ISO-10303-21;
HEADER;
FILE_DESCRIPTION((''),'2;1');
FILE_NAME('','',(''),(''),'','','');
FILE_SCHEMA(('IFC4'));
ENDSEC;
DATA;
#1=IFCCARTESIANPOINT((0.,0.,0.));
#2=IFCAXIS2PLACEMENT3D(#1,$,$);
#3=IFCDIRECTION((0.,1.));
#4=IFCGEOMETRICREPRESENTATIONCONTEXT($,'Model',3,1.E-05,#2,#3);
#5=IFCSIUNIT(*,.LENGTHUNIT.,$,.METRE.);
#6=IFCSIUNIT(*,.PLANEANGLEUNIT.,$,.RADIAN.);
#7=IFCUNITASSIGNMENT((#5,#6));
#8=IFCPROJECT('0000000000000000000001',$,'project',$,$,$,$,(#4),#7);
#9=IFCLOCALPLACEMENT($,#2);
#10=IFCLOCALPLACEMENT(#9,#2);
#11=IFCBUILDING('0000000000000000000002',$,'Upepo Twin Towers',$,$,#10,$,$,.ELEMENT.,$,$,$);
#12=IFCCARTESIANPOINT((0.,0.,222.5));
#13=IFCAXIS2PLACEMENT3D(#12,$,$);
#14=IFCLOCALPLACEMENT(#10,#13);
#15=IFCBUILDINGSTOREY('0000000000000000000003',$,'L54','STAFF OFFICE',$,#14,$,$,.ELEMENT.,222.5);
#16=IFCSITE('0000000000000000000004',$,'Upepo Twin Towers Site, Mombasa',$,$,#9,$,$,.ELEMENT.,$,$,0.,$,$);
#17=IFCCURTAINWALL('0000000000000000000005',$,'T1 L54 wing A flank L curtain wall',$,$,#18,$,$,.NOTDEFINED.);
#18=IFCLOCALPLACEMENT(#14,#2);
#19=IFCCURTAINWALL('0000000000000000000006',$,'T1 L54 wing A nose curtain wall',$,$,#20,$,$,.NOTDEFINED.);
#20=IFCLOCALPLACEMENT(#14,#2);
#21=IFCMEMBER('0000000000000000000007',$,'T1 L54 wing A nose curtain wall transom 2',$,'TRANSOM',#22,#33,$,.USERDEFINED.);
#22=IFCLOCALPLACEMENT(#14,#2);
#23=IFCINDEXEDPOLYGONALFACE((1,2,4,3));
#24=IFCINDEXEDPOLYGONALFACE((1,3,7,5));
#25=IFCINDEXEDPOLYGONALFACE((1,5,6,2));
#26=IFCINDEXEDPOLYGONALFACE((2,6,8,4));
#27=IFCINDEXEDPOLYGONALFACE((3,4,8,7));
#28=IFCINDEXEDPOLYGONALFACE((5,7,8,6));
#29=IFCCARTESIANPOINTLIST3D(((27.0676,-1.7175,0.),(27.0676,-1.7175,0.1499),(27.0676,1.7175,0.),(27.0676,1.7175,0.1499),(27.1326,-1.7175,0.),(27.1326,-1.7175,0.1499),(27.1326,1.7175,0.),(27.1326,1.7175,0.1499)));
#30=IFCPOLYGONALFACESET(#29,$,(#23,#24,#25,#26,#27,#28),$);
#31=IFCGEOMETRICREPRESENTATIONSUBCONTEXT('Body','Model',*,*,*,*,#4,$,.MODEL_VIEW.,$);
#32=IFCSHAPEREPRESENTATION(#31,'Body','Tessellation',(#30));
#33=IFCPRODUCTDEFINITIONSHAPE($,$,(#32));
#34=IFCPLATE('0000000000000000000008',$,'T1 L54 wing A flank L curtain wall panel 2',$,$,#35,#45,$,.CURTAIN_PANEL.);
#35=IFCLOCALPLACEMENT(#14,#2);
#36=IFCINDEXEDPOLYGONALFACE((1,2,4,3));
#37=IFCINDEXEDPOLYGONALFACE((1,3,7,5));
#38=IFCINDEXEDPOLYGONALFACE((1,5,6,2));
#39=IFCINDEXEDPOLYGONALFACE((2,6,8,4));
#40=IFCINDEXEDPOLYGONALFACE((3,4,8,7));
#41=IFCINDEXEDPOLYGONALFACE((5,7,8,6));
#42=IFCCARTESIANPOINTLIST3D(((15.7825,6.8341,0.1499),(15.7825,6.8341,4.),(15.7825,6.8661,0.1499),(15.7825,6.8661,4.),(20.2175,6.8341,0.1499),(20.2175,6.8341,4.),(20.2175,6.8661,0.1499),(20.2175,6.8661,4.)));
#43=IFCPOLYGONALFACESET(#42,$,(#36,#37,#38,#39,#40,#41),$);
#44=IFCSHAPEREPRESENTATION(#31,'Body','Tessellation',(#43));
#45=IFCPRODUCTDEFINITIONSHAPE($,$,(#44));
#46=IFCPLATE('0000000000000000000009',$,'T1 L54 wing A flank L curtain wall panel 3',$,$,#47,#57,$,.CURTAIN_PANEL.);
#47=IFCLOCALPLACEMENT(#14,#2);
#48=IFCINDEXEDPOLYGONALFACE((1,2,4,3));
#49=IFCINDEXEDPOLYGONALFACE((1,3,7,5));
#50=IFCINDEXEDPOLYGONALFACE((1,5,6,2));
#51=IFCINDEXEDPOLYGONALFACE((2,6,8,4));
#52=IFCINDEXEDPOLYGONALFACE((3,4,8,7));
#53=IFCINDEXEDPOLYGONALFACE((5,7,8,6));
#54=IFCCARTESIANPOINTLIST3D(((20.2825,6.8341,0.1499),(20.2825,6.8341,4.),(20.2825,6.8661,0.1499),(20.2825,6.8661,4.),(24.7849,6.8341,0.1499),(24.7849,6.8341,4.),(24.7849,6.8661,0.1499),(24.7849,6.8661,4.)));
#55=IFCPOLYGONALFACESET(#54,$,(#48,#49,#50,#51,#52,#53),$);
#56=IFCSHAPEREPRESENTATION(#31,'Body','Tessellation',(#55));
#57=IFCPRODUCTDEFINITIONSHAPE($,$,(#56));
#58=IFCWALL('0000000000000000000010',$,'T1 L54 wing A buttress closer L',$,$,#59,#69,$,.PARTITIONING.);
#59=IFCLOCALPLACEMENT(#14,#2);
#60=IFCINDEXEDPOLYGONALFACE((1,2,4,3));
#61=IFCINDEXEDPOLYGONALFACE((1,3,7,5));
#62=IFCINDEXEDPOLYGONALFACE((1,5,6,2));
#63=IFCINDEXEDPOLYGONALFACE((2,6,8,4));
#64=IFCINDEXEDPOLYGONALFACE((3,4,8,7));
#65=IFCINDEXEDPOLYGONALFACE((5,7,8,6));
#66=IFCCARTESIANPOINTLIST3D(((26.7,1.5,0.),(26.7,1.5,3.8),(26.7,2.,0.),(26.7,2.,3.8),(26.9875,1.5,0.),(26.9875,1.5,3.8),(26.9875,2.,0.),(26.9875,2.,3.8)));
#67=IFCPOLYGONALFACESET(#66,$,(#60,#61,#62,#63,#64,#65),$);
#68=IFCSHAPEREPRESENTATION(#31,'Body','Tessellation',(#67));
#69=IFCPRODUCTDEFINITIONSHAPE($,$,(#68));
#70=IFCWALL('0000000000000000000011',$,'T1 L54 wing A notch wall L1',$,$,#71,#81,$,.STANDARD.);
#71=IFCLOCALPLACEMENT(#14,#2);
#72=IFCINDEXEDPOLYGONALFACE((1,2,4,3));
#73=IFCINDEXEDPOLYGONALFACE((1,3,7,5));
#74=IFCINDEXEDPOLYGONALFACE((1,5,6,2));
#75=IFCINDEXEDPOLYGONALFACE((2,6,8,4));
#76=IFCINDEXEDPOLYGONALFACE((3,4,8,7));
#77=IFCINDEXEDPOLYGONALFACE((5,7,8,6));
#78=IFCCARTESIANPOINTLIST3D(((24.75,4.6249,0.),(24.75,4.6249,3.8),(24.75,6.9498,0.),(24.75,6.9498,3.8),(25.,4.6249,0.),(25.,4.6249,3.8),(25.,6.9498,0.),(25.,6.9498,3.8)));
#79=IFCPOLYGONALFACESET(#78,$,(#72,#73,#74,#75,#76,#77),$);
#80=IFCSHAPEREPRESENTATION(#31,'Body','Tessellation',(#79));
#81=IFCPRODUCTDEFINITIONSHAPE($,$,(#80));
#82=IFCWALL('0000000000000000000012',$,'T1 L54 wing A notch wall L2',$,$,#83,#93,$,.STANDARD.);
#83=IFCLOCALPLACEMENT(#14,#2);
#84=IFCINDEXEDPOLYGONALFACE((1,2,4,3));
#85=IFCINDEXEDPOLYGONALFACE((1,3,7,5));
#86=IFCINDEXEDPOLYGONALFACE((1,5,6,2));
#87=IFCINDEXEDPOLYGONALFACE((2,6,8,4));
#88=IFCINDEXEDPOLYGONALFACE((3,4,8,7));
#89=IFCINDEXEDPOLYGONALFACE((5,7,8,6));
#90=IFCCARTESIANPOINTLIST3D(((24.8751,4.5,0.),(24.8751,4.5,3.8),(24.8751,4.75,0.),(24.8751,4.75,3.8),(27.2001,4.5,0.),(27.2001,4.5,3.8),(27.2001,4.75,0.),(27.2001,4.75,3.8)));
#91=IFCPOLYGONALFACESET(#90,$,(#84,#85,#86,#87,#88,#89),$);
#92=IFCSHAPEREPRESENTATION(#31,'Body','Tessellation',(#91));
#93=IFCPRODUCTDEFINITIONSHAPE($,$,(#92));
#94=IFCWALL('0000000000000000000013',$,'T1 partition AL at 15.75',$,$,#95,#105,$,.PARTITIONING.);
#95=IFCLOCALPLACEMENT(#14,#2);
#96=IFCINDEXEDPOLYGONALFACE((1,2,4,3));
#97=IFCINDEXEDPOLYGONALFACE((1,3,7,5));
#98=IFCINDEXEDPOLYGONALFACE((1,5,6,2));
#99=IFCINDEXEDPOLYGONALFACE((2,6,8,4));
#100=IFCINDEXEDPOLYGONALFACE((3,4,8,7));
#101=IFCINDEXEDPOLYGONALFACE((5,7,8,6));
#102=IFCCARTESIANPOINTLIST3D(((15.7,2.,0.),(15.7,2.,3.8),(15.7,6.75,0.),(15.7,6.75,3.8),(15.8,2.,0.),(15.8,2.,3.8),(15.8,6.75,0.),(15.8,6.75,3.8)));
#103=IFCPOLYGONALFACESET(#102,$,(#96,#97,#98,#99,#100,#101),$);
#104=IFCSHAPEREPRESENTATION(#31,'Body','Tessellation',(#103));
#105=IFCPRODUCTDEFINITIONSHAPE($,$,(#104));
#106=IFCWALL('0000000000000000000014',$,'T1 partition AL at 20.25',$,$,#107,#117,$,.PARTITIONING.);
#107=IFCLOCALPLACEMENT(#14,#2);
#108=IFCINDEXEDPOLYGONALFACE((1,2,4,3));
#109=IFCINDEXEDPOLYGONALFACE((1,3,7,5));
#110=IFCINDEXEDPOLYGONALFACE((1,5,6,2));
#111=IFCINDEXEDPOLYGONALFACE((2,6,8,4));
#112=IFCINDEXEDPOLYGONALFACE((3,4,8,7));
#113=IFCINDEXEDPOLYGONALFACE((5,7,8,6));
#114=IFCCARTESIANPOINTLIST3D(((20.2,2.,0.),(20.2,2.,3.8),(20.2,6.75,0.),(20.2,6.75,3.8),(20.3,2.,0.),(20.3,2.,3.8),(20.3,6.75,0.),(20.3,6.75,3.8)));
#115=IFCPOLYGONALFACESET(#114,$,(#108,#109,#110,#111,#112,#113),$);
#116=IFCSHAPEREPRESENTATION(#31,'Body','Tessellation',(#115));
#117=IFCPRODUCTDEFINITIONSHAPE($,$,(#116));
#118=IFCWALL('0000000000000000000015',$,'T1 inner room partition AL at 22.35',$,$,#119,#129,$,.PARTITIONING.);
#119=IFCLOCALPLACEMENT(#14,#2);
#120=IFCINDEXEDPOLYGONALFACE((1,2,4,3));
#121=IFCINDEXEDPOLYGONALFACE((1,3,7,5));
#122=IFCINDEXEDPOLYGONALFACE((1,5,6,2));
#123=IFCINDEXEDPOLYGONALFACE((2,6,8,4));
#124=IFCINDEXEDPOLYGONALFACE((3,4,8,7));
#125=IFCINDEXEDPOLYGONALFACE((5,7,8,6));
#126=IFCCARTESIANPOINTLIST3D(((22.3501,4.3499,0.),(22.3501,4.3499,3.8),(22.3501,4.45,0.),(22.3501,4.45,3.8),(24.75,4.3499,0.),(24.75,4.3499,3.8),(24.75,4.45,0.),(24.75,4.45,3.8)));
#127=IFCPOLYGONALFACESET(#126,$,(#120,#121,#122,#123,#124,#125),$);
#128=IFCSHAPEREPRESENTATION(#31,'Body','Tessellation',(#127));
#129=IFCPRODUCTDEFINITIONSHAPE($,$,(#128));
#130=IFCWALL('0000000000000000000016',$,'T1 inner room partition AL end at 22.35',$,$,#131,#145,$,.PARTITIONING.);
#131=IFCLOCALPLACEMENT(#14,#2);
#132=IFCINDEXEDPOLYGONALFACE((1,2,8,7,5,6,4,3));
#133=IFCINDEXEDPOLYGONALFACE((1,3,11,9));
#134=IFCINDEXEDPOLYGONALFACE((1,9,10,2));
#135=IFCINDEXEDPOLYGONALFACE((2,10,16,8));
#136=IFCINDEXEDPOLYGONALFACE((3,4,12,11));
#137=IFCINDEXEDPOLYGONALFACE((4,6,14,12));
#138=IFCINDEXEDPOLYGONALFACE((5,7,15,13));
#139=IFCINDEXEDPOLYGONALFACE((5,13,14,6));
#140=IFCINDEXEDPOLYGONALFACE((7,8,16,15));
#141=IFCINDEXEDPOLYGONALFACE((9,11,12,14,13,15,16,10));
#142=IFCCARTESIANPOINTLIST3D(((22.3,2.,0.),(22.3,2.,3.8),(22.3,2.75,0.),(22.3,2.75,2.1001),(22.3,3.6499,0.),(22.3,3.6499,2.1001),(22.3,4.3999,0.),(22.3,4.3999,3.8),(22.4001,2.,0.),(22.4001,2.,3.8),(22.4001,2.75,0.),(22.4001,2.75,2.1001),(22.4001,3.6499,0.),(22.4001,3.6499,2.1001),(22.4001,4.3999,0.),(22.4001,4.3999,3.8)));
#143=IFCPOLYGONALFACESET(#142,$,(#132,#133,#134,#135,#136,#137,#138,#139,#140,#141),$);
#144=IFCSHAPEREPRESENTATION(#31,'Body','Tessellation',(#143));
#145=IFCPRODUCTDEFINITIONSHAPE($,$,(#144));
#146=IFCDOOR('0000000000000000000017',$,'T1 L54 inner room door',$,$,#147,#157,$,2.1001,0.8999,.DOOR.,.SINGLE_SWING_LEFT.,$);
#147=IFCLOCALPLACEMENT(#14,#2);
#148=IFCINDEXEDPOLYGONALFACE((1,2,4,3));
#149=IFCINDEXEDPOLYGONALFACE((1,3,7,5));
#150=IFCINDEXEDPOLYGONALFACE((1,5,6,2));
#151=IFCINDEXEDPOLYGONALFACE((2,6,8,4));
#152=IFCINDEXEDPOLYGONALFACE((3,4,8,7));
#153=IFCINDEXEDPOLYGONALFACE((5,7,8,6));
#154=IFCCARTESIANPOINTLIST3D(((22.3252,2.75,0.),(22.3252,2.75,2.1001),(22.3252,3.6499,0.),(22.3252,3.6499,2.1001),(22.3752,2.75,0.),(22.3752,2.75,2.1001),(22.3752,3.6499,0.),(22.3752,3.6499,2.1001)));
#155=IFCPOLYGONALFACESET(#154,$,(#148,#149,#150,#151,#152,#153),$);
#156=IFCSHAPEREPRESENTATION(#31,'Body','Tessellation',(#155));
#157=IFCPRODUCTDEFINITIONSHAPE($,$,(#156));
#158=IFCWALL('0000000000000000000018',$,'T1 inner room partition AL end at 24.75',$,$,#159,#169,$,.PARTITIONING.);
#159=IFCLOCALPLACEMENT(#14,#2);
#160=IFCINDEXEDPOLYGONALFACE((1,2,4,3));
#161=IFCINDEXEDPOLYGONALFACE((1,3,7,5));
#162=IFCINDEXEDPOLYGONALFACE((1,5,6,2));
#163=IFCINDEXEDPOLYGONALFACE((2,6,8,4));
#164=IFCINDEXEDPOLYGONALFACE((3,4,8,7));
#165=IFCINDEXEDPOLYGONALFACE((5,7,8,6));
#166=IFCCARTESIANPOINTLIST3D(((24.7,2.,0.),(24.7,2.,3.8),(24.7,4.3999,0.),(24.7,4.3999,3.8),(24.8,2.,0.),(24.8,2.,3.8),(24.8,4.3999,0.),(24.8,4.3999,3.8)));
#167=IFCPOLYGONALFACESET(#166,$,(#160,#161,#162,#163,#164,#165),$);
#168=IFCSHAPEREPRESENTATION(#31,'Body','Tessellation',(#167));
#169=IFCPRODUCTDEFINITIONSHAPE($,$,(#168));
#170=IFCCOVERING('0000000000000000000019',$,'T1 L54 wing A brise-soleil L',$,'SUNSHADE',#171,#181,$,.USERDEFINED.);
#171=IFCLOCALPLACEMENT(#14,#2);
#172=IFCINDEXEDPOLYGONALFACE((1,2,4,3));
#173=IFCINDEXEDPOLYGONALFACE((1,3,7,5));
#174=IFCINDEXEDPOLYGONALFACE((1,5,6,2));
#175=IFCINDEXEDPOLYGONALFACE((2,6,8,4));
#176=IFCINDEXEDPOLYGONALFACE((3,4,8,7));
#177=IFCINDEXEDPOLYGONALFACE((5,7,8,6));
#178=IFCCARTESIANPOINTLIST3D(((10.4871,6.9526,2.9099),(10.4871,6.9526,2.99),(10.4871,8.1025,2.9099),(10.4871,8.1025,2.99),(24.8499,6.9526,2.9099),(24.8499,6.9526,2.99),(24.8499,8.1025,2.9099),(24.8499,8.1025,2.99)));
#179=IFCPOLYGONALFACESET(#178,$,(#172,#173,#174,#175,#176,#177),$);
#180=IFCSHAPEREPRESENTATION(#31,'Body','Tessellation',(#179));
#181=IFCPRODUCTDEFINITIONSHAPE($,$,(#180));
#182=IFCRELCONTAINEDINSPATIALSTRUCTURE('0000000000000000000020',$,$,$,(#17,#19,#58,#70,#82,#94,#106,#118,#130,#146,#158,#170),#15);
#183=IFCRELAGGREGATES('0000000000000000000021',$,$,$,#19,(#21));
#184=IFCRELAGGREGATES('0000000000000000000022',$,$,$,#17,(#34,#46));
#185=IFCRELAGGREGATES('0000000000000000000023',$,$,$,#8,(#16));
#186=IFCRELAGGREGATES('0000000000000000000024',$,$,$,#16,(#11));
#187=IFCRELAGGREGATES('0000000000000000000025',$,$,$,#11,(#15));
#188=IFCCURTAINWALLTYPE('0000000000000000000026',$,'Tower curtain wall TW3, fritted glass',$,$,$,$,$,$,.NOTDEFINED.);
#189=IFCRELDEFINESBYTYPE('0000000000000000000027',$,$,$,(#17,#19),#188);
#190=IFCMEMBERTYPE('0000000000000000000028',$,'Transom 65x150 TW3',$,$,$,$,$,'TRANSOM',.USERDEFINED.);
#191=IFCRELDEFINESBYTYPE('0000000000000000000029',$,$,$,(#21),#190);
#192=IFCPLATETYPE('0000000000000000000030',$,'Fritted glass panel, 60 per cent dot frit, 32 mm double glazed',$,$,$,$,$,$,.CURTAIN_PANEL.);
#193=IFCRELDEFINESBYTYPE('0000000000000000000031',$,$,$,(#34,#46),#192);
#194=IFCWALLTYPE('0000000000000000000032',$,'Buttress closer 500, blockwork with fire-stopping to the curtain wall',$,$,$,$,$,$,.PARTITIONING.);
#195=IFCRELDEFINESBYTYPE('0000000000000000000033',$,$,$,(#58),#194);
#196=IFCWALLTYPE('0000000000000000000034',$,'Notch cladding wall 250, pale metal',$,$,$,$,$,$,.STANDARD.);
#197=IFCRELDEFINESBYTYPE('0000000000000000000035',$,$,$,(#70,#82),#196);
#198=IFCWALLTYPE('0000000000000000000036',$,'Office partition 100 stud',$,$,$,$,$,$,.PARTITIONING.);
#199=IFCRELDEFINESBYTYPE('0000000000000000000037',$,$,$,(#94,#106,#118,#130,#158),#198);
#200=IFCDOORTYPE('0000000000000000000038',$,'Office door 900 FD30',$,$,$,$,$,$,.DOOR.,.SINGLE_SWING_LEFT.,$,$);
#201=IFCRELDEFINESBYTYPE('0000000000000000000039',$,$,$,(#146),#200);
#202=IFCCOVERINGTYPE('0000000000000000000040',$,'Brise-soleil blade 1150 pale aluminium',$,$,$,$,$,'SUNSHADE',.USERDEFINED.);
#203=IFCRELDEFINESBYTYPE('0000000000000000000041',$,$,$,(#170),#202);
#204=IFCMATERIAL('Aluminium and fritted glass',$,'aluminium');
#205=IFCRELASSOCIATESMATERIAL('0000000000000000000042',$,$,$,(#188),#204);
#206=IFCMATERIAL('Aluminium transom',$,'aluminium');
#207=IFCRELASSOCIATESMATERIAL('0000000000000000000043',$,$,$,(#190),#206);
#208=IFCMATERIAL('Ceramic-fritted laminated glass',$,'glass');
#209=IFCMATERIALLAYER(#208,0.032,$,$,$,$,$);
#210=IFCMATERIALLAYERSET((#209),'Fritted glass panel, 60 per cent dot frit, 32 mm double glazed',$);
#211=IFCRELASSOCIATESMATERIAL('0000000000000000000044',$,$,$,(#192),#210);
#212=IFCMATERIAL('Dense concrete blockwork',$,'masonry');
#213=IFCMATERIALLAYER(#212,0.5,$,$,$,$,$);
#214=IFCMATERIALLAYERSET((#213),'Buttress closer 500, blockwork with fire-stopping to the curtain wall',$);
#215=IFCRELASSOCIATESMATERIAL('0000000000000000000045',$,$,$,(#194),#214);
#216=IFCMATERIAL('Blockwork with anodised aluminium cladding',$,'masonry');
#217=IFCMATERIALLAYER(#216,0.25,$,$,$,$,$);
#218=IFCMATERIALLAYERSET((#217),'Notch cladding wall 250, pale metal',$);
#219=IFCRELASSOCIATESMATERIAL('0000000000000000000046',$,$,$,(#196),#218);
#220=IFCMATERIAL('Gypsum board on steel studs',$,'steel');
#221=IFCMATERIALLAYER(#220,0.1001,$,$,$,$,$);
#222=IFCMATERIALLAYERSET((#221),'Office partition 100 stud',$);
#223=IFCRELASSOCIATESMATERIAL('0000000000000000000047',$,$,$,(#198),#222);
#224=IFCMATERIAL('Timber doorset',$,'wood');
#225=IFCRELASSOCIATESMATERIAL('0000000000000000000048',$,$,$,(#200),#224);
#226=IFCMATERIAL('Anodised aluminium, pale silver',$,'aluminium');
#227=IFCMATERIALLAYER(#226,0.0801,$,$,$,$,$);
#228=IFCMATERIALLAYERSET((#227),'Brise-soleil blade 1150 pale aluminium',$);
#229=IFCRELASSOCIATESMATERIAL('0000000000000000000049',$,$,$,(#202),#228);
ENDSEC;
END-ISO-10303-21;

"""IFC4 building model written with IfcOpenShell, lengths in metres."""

from ifc_helpers import new_model, si_unit, direction, frame, frame_2d, origin, origin_2d, place, context, subcontext, project, spatial, rectangle, extrude, material, layer, layer_set, material_profile, profile_set, type_object, element, fill, aggregate, save


model = new_model("IFC4")

# Units and contexts
model_context = context("Model", 3, precision=1e-05, world=origin(), true_north=direction((0.0, 1.0)))
body_context = subcontext(model_context, "Body", "Model", "MODEL_VIEW")
ifc_project = project(units=[si_unit("LENGTHUNIT", "METRE"), si_unit("PLANEANGLEUNIT", "RADIAN")], contexts=[model_context])

# Site, building, storey
site_placement = place(None, origin())
site = spatial("IfcSite", under=ifc_project, at=site_placement, Name="Upepo Twin Towers Site, Mombasa", CompositionType="ELEMENT", RefElevation=0.0)
building_placement = place(site_placement, origin())
building = spatial("IfcBuilding", under=site, at=building_placement, Name="Upepo Twin Towers", CompositionType="ELEMENT")
storey_placement = place(building_placement, frame((0.0, 0.0, 222.5)))
storey = spatial("IfcBuildingStorey", under=building, at=storey_placement, Name="L54", Description="STAFF OFFICE", CompositionType="ELEMENT", Elevation=222.5)

# Curtain walls
ifc_material_1 = material(Name="Aluminium and fritted glass", Category="aluminium")
curtain_wall_type = type_object("IfcCurtainWallType", Name="Tower curtain wall TW3, fritted glass", PredefinedType="NOTDEFINED", material=ifc_material_1)
curtain_wall_1_placement = place(storey_placement, origin())
curtain_wall_1 = element("IfcCurtainWall", 1, at=curtain_wall_1_placement, inside=storey, type_object=curtain_wall_type, Name="T1 L54 wing A flank L curtain wall", PredefinedType="NOTDEFINED")
curtain_wall_2_placement = place(storey_placement, origin())
curtain_wall_2 = element("IfcCurtainWall", 2, at=curtain_wall_2_placement, inside=storey, type_object=curtain_wall_type, Name="T1 L54 wing A nose curtain wall", PredefinedType="NOTDEFINED")

# Member
ifc_material_2 = material(Name="Aluminium transom", Category="aluminium")
ifc_material_profile_1 = material_profile(ifc_material_2, rectangle(XDim=0.0649, YDim=0.1499, at=origin_2d()), Name="TRANSOM 65x150")
ifc_profile_set_1 = profile_set([ifc_material_profile_1], Name="Aluminium transom")
member_type_1 = type_object("IfcMemberType", Name="Transom 65x150 TW3", ElementType="TRANSOM", PredefinedType="USERDEFINED", material=ifc_profile_set_1)
member_1_placement = place(storey_placement, frame((27.1001, -1.7175, 0.075), z_axis=(0.0, 1.0, 0.0), x_axis=(-1.0, 0.0, 0.0)))
member_1 = element("IfcMember", 3, at=member_1_placement, type_object=member_type_1, Name="T1 L54 wing A nose curtain wall transom 2", ObjectType="TRANSOM", PredefinedType="USERDEFINED", context=body_context, shape_type="SweptSolid", body=[
    extrude(rectangle(XDim=0.0649, YDim=0.1499, at=origin_2d()), origin(), (0.0, 0.0, 1.0), 3.4351),
])
aggregate(curtain_wall_2, [member_1])

# Plates
ifc_material_3 = material(Name="Ceramic-fritted laminated glass", Category="glass")
ifc_layer_1 = layer(ifc_material_3, 0.032)
ifc_layer_set_1 = layer_set([ifc_layer_1], Name="Fritted glass panel, 60 per cent dot frit, 32 mm double glazed")
plate_type = type_object("IfcPlateType", Name="Fritted glass panel, 60 per cent dot frit, 32 mm double glazed", PredefinedType="CURTAIN_PANEL", material=ifc_layer_set_1)
plate_1_placement = place(storey_placement, frame((18.0, 6.8501, 0.1499), z_axis=(0.0, 0.0, 1.0), x_axis=(1.0, 0.0, 0.0)))
plate_1 = element("IfcPlate", 4, at=plate_1_placement, type_object=plate_type, Name="T1 L54 wing A flank L curtain wall panel 2", PredefinedType="CURTAIN_PANEL", context=body_context, shape_type="SweptSolid", body=[
    extrude(rectangle(XDim=4.4351, YDim=0.032, at=origin_2d()), origin(), (0.0, 0.0, 1.0), 3.8501),
])
plate_2_placement = place(storey_placement, frame((22.5337, 6.8501, 0.1499), z_axis=(0.0, 0.0, 1.0), x_axis=(1.0, 0.0, 0.0)))
plate_2 = element("IfcPlate", 5, at=plate_2_placement, type_object=plate_type, Name="T1 L54 wing A flank L curtain wall panel 3", PredefinedType="CURTAIN_PANEL", context=body_context, shape_type="SweptSolid", body=[
    extrude(rectangle(XDim=4.5024, YDim=0.032, at=origin_2d()), origin(), (0.0, 0.0, 1.0), 3.8501),
])
aggregate(curtain_wall_1, [plate_1, plate_2])

# Walls
ifc_material_4 = material(Name="Dense concrete blockwork", Category="masonry")
ifc_layer_2 = layer(ifc_material_4, 0.5)
ifc_layer_set_2 = layer_set([ifc_layer_2], Name="Buttress closer 500, blockwork with fire-stopping to the curtain wall")
wall_type_1 = type_object("IfcWallType", Name="Buttress closer 500, blockwork with fire-stopping to the curtain wall", PredefinedType="PARTITIONING", material=ifc_layer_set_2)
wall_1_placement = place(storey_placement, frame((26.7, 1.75, 0.0), z_axis=(0.0, 0.0, 1.0), x_axis=(1.0, 0.0, 0.0)))
element("IfcWall", 6, at=wall_1_placement, inside=storey, type_object=wall_type_1, Name="T1 L54 wing A buttress closer L", PredefinedType="PARTITIONING", context=body_context, shape_type="SweptSolid", body=[
    extrude(rectangle(XDim=0.2876, YDim=0.5, at=frame_2d((0.1438, 0.0))), origin(), (0.0, 0.0, 1.0), 3.8),
])
ifc_material_5 = material(Name="Blockwork with anodised aluminium cladding", Category="masonry")
ifc_layer_3 = layer(ifc_material_5, 0.25)
ifc_layer_set_3 = layer_set([ifc_layer_3], Name="Notch cladding wall 250, pale metal")
wall_type_2 = type_object("IfcWallType", Name="Notch cladding wall 250, pale metal", PredefinedType="STANDARD", material=ifc_layer_set_3)
for number, where, z_axis, x_axis, name in (
    (7, (24.875, 6.95, 0.0), (0.0, 0.0, 1.0), (0.0, -1.0, 0.0), "T1 L54 wing A notch wall L1"),
    (8, (24.875, 4.625, 0.0), (0.0, 0.0, 1.0), (1.0, 0.0, 0.0), "T1 L54 wing A notch wall L2"),
):
    element("IfcWall", number, at=place(storey_placement, frame(where, z_axis=z_axis, x_axis=x_axis)), inside=storey, type_object=wall_type_2, Name=name, PredefinedType="STANDARD", context=body_context, shape_type="SweptSolid", body=[
        extrude(rectangle(XDim=2.325, YDim=0.25, at=frame_2d((1.1626, 0.0))), origin(), (0.0, 0.0, 1.0), 3.8),
    ])
ifc_material_6 = material(Name="Gypsum board on steel studs", Category="steel")
ifc_layer_4 = layer(ifc_material_6, 0.1001)
ifc_layer_set_4 = layer_set([ifc_layer_4], Name="Office partition 100 stud")
wall_type_3 = type_object("IfcWallType", Name="Office partition 100 stud", PredefinedType="PARTITIONING", material=ifc_layer_set_4)
for number, where, z_axis, x_axis, name in (
    (9, (15.75, 2.0, 0.0), (0.0, 0.0, 1.0), (0.0, 1.0, 0.0), "T1 partition AL at 15.75"),
    (10, (20.25, 2.0, 0.0), (0.0, 0.0, 1.0), (0.0, 1.0, 0.0), "T1 partition AL at 20.25"),
):
    element("IfcWall", number, at=place(storey_placement, frame(where, z_axis=z_axis, x_axis=x_axis)), inside=storey, type_object=wall_type_3, Name=name, PredefinedType="PARTITIONING", context=body_context, shape_type="SweptSolid", body=[
        extrude(rectangle(XDim=4.75, YDim=0.1001, at=frame_2d((2.375, 0.0))), origin(), (0.0, 0.0, 1.0), 3.8),
    ])
wall_2_placement = place(storey_placement, frame((22.3501, 4.3999, 0.0), z_axis=(0.0, 0.0, 1.0), x_axis=(1.0, 0.0, 0.0)))
element("IfcWall", 11, at=wall_2_placement, inside=storey, type_object=wall_type_3, Name="T1 inner room partition AL at 22.35", PredefinedType="PARTITIONING", context=body_context, shape_type="SweptSolid", body=[
    extrude(rectangle(XDim=2.3999, YDim=0.1001, at=frame_2d((1.2, 0.0))), origin(), (0.0, 0.0, 1.0), 3.8),
])

# Wall, opening, door
wall_3_placement = place(storey_placement, frame((22.3501, 2.0, 0.0), z_axis=(0.0, 0.0, 1.0), x_axis=(0.0, 1.0, 0.0)))
wall_3 = element("IfcWall", 12, at=wall_3_placement, inside=storey, type_object=wall_type_3, Name="T1 inner room partition AL end at 22.35", PredefinedType="PARTITIONING", context=body_context, shape_type="SweptSolid", body=[
    extrude(rectangle(XDim=2.3999, YDim=0.1001, at=frame_2d((1.2, 0.0))), origin(), (0.0, 0.0, 1.0), 3.8),
])
opening_placement = place(wall_3_placement, frame((0.75, 0.0, 0.0)))
opening = element("IfcOpeningElement", 13, at=opening_placement, cuts=wall_3, PredefinedType="OPENING", context=body_context, shape_type="SweptSolid", body=[
    extrude(rectangle(XDim=0.8999, YDim=2.1001, at=frame_2d((0.45, 1.05))), frame((0.0, 0.0601, 0.0), z_axis=(0.0, -1.0, 0.0), x_axis=(1.0, 0.0, 0.0)), (0.0, 0.0, 1.0), 0.1201),
])
ifc_material_7 = material(Name="Timber doorset", Category="wood")
door_type = type_object("IfcDoorType", Name="Office door 900 FD30", OperationType="SINGLE_SWING_LEFT", PredefinedType="DOOR", material=ifc_material_7)
door_placement = place(opening_placement, origin())
door = element("IfcDoor", 14, at=door_placement, inside=storey, type_object=door_type, Name="T1 L54 inner room door", OperationType="SINGLE_SWING_LEFT", OverallHeight=2.1001, OverallWidth=0.8999, PredefinedType="DOOR", context=body_context, shape_type="SweptSolid", body=[
    extrude(rectangle(XDim=0.8999, YDim=2.1001, at=frame_2d((0.45, 1.05))), frame((0.0, 0.0249, 0.0), z_axis=(0.0, -1.0, 0.0), x_axis=(1.0, 0.0, 0.0)), (0.0, 0.0, 1.0), 0.05),
])
fill(opening, door)

# Wall
wall_4_placement = place(storey_placement, frame((24.75, 2.0, 0.0), z_axis=(0.0, 0.0, 1.0), x_axis=(0.0, 1.0, 0.0)))
element("IfcWall", 15, at=wall_4_placement, inside=storey, type_object=wall_type_3, Name="T1 inner room partition AL end at 24.75", PredefinedType="PARTITIONING", context=body_context, shape_type="SweptSolid", body=[
    extrude(rectangle(XDim=2.3999, YDim=0.1001, at=frame_2d((1.2, 0.0))), origin(), (0.0, 0.0, 1.0), 3.8),
])

# Covering
ifc_material_8 = material(Name="Anodised aluminium, pale silver", Category="aluminium")
ifc_layer_5 = layer(ifc_material_8, 0.0801)
ifc_layer_set_5 = layer_set([ifc_layer_5], Name="Brise-soleil blade 1150 pale aluminium")
covering_type = type_object("IfcCoveringType", Name="Brise-soleil blade 1150 pale aluminium", ElementType="SUNSHADE", PredefinedType="USERDEFINED", material=ifc_layer_set_5)
covering_placement = place(storey_placement, frame((17.6685, 7.5276, 2.9099), z_axis=(0.0, 0.0, 1.0), x_axis=(1.0, 0.0, 0.0)))
element("IfcCovering", 16, at=covering_placement, inside=storey, type_object=covering_type, Name="T1 L54 wing A brise-soleil L", ObjectType="SUNSHADE", PredefinedType="USERDEFINED", context=body_context, shape_type="SweptSolid", body=[
    extrude(rectangle(XDim=14.3628, YDim=1.1499, at=origin_2d()), origin(), (0.0, 0.0, 1.0), 0.0801),
])

save(model, "model.ifc")
